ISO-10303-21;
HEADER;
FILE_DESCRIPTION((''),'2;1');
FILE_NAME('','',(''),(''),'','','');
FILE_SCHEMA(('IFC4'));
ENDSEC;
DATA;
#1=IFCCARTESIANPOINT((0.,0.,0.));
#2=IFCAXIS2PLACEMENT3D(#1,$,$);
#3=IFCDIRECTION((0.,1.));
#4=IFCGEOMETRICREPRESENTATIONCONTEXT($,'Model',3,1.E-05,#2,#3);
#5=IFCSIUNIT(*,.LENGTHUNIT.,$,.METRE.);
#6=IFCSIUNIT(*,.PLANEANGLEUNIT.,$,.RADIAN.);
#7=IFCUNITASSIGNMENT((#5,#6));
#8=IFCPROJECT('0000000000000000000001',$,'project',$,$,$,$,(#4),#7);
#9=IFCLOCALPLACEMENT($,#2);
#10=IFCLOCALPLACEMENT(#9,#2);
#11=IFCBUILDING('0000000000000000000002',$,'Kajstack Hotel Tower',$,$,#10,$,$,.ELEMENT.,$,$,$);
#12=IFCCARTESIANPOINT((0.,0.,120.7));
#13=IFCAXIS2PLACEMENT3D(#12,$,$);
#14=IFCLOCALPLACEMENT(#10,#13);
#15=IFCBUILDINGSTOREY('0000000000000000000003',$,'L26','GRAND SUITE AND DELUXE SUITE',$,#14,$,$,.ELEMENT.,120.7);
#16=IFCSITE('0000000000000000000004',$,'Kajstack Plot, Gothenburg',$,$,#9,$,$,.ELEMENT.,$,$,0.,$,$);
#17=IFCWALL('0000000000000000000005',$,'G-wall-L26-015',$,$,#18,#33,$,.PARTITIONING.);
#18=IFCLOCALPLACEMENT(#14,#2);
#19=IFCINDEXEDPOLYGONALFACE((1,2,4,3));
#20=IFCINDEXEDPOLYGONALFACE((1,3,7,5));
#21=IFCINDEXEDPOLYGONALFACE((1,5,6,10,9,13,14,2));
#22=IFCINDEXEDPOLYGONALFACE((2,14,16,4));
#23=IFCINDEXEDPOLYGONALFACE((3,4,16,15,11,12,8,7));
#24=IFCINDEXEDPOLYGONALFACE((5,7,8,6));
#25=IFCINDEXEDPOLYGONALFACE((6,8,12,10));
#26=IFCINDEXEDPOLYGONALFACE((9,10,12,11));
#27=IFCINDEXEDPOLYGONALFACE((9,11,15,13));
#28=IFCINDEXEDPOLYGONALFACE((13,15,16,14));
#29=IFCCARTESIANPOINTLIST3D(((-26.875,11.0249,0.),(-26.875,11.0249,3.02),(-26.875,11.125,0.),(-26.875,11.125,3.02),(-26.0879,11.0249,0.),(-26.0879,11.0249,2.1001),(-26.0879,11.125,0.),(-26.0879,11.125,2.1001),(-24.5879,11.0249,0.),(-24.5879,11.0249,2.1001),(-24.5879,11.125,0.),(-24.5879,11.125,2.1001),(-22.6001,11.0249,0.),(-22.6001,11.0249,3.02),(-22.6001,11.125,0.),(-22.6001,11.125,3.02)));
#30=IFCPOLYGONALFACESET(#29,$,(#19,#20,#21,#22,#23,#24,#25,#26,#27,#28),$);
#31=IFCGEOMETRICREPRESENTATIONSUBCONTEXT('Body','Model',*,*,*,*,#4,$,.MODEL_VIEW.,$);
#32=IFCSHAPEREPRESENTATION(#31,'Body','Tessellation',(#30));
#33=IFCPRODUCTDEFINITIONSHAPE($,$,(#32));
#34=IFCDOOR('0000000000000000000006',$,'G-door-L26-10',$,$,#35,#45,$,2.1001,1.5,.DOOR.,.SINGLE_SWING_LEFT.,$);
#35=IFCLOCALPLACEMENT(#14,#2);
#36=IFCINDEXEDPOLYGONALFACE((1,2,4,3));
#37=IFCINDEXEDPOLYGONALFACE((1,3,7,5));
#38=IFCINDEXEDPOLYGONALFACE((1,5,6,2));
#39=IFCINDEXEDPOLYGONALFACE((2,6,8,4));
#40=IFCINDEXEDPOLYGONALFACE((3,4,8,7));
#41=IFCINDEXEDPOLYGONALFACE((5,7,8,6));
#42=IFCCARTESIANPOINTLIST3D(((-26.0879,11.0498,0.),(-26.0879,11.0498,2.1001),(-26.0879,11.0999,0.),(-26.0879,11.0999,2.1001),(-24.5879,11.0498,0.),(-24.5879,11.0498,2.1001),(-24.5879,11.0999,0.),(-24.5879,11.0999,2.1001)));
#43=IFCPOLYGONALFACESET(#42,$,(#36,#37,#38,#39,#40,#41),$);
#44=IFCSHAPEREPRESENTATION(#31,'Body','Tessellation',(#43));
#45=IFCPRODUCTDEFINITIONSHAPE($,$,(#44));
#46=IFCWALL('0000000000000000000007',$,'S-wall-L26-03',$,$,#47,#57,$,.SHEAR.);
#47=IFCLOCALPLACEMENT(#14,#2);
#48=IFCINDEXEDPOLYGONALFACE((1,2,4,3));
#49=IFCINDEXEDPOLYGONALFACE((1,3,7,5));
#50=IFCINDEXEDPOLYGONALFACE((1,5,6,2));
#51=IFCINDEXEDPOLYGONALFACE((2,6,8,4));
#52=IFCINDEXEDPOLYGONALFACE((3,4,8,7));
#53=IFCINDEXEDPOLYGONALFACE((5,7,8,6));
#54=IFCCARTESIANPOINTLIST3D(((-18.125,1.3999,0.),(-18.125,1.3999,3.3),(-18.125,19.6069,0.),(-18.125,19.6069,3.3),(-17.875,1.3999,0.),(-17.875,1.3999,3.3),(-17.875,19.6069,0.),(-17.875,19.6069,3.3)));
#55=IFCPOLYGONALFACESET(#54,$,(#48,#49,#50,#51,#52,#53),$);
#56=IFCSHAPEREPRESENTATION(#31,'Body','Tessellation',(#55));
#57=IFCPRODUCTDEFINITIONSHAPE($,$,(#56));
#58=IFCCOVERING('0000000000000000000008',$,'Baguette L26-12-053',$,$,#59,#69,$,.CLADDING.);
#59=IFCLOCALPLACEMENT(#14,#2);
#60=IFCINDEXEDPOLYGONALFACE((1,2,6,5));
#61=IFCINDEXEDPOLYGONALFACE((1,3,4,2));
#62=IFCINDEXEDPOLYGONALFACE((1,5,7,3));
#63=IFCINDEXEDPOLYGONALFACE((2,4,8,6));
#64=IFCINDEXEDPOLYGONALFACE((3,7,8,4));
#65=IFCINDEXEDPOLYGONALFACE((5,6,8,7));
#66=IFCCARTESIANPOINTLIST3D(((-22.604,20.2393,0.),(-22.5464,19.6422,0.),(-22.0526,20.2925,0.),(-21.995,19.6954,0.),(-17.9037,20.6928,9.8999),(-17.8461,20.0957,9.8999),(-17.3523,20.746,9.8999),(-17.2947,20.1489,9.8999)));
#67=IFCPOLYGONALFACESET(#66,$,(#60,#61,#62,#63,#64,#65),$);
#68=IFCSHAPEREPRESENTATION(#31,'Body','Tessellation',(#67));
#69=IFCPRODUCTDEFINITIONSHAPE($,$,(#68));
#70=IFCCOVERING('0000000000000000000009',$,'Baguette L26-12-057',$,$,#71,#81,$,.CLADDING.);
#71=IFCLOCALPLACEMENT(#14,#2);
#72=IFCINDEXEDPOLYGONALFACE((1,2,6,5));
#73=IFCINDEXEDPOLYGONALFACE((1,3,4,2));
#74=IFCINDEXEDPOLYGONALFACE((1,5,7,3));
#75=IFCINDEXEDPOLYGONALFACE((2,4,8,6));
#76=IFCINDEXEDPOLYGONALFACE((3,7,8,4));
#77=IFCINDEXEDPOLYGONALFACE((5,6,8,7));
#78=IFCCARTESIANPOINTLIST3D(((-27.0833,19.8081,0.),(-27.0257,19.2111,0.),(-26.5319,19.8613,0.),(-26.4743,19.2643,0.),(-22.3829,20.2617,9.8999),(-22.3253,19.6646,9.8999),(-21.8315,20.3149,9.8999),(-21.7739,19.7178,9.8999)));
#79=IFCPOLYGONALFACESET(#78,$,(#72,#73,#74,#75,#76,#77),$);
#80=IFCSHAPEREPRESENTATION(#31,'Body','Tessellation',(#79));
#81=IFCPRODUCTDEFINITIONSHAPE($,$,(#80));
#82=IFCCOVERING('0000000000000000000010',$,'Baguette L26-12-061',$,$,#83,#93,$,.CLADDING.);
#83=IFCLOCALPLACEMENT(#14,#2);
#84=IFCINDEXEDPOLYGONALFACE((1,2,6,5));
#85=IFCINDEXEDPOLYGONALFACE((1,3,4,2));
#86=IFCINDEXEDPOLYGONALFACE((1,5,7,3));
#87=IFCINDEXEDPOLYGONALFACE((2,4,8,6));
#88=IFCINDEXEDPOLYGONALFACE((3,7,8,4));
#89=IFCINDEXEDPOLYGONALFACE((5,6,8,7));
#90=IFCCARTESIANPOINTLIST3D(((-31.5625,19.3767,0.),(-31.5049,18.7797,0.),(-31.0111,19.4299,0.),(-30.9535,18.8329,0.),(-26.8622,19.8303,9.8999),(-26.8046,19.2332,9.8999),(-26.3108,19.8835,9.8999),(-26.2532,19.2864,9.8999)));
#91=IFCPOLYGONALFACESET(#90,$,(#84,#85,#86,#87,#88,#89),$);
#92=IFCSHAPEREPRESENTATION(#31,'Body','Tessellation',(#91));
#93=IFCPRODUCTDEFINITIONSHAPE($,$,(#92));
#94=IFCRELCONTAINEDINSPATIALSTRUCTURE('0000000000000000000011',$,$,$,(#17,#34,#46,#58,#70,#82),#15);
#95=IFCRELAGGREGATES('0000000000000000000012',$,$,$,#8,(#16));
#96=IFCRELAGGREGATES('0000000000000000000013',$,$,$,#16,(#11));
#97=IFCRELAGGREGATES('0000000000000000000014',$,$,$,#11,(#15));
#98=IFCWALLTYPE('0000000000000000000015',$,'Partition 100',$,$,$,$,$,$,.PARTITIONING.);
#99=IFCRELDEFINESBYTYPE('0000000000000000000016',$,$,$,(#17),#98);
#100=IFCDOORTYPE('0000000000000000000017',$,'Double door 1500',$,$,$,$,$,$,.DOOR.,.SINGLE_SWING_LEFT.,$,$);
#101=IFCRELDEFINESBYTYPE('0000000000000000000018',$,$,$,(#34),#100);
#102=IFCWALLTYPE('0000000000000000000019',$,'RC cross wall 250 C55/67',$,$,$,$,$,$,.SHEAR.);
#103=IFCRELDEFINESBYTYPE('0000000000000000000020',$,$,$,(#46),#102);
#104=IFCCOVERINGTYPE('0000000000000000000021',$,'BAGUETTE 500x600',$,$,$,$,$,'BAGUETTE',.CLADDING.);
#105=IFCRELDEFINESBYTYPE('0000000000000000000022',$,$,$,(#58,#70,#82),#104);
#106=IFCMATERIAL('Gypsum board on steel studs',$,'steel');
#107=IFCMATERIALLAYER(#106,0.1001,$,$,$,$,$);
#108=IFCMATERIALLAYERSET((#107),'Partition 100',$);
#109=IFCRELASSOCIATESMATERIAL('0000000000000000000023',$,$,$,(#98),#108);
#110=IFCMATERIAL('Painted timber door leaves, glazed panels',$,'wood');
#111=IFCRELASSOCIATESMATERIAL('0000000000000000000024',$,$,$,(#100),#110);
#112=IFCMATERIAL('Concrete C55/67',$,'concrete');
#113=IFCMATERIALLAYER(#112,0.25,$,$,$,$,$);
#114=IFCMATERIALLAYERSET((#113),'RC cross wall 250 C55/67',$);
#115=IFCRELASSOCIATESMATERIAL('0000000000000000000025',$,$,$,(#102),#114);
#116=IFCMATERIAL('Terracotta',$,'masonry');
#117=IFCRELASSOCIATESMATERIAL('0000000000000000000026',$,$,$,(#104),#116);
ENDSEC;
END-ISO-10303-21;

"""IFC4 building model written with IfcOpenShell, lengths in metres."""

from ifc_helpers import new_model, si_unit, direction, frame, frame_2d, origin, origin_2d, place, context, subcontext, project, spatial, polyline, rectangle, outline, extrude, material, layer, layer_set, material_profile, profile_set, type_object, element, fill, save


model = new_model("IFC4")

# Units and contexts
model_context = context("Model", 3, precision=1e-05, world=origin(), true_north=direction((0.0, 1.0)))
body_context = subcontext(model_context, "Body", "Model", "MODEL_VIEW")
ifc_project = project(units=[si_unit("LENGTHUNIT", "METRE"), si_unit("PLANEANGLEUNIT", "RADIAN")], contexts=[model_context])

# Site, building, storey
site_placement = place(None, origin())
site = spatial("IfcSite", under=ifc_project, at=site_placement, Name="Kajstack Plot, Gothenburg", CompositionType="ELEMENT", RefElevation=0.0)
building_placement = place(site_placement, origin())
building = spatial("IfcBuilding", under=site, at=building_placement, Name="Kajstack Hotel Tower", CompositionType="ELEMENT")
storey_placement = place(building_placement, frame((0.0, 0.0, 120.7)))
storey = spatial("IfcBuildingStorey", under=building, at=storey_placement, Name="L26", Description="GRAND SUITE AND DELUXE SUITE", CompositionType="ELEMENT", Elevation=120.7)

# Wall, opening, door
ifc_material_1 = material(Name="Gypsum board on steel studs", Category="steel")
ifc_layer_1 = layer(ifc_material_1, 0.1001)
ifc_layer_set_1 = layer_set([ifc_layer_1], Name="Partition 100")
wall_type_1 = type_object("IfcWallType", Name="Partition 100", PredefinedType="PARTITIONING", material=ifc_layer_set_1)
wall_1_placement = place(storey_placement, frame((-26.875, 11.075, 0.0), z_axis=(0.0, 0.0, 1.0), x_axis=(1.0, 0.0, 0.0)))
wall_1 = element("IfcWall", 1, at=wall_1_placement, inside=storey, type_object=wall_type_1, Name="G-wall-L26-015", PredefinedType="PARTITIONING", context=body_context, shape_type="SweptSolid", body=[
    extrude(rectangle(XDim=4.2749, YDim=0.1001, at=frame_2d((2.1375, 0.0))), origin(), (0.0, 0.0, 1.0), 3.02),
])
opening_1_placement = place(wall_1_placement, frame((0.7871, 0.0, 0.0)))
opening_1 = element("IfcOpeningElement", 2, at=opening_1_placement, cuts=wall_1, PredefinedType="OPENING", context=body_context, shape_type="SweptSolid", body=[
    extrude(rectangle(XDim=1.5, YDim=2.1001, at=frame_2d((0.75, 1.05))), frame((0.0, 0.0601, 0.0), z_axis=(0.0, -1.0, 0.0), x_axis=(1.0, 0.0, 0.0)), (0.0, 0.0, 1.0), 0.1201),
])
ifc_material_2 = material(Name="Painted timber door leaves, glazed panels", Category="wood")
door_type_1 = type_object("IfcDoorType", Name="Double door 1500", OperationType="SINGLE_SWING_LEFT", PredefinedType="DOOR", material=ifc_material_2)
door_1_placement = place(opening_1_placement, origin())
door_1 = element("IfcDoor", 3, at=door_1_placement, inside=storey, type_object=door_type_1, Name="G-door-L26-10", OperationType="SINGLE_SWING_LEFT", OverallHeight=2.1001, OverallWidth=1.5, PredefinedType="DOOR", context=body_context, shape_type="SweptSolid", body=[
    extrude(rectangle(XDim=1.5, YDim=2.1001, at=frame_2d((0.75, 1.05))), frame((0.0, 0.0249, 0.0), z_axis=(0.0, -1.0, 0.0), x_axis=(1.0, 0.0, 0.0)), (0.0, 0.0, 1.0), 0.05),
])
fill(opening_1, door_1)

# Wall
ifc_material_3 = material(Name="Concrete C55/67", Category="concrete")
ifc_layer_2 = layer(ifc_material_3, 0.25)
ifc_layer_set_2 = layer_set([ifc_layer_2], Name="RC cross wall 250 C55/67")
wall_type_2 = type_object("IfcWallType", Name="RC cross wall 250 C55/67", PredefinedType="SHEAR", material=ifc_layer_set_2)
wall_2_placement = place(storey_placement, frame((-18.0, 1.3999, 0.0), z_axis=(0.0, 0.0, 1.0), x_axis=(0.0, 1.0, 0.0)))
element("IfcWall", 4, at=wall_2_placement, inside=storey, type_object=wall_type_2, Name="S-wall-L26-03", PredefinedType="SHEAR", context=body_context, shape_type="SweptSolid", body=[
    extrude(rectangle(XDim=18.207, YDim=0.25, at=frame_2d((9.1035, 0.0))), origin(), (0.0, 0.0, 1.0), 3.3),
])

# Coverings
ifc_material_4 = material(Name="Terracotta", Category="masonry")
ifc_material_profile = material_profile(ifc_material_4, rectangle(XDim=0.6001, YDim=0.5, at=origin_2d()), Name="Terracotta-clad concrete baguette 500 x 600")
ifc_profile_set = profile_set([ifc_material_profile], Name="Terracotta")
covering_type = type_object("IfcCoveringType", Name="BAGUETTE 500x600", ElementType="BAGUETTE", PredefinedType="CLADDING", material=ifc_profile_set)
for number, where, z_axis, x_axis, name in (
    (5, (-17.2947, 20.1489, 0.0), (-0.096038, 0.995378, 0.0), (-0.995378, -0.096038, 0.0), "Baguette L26-12-053"),
    (6, (-21.7739, 19.7178, 0.0), (-0.096038, 0.995378, 0.0), (-0.995378, -0.096038, 0.0), "Baguette L26-12-057"),
    (7, (-26.2532, 19.2864, 0.0), (-0.096038, 0.995378, 0.0), (-0.995378, -0.096038, 0.0), "Baguette L26-12-061"),
):
    element("IfcCovering", number, at=place(storey_placement, frame(where, z_axis=z_axis, x_axis=x_axis)), inside=storey, type_object=covering_type, Name=name, PredefinedType="CLADDING", context=body_context, shape_type="SweptSolid", body=[
        extrude(outline(polyline([(0.0, 9.8999), (4.7222, 0.0), (5.2761, 0.0), (0.554, 9.8999), (0.0, 9.8999)])), origin(), (0.0, 0.0, 1.0), 0.5999),
    ])

save(model, "model.ifc")
